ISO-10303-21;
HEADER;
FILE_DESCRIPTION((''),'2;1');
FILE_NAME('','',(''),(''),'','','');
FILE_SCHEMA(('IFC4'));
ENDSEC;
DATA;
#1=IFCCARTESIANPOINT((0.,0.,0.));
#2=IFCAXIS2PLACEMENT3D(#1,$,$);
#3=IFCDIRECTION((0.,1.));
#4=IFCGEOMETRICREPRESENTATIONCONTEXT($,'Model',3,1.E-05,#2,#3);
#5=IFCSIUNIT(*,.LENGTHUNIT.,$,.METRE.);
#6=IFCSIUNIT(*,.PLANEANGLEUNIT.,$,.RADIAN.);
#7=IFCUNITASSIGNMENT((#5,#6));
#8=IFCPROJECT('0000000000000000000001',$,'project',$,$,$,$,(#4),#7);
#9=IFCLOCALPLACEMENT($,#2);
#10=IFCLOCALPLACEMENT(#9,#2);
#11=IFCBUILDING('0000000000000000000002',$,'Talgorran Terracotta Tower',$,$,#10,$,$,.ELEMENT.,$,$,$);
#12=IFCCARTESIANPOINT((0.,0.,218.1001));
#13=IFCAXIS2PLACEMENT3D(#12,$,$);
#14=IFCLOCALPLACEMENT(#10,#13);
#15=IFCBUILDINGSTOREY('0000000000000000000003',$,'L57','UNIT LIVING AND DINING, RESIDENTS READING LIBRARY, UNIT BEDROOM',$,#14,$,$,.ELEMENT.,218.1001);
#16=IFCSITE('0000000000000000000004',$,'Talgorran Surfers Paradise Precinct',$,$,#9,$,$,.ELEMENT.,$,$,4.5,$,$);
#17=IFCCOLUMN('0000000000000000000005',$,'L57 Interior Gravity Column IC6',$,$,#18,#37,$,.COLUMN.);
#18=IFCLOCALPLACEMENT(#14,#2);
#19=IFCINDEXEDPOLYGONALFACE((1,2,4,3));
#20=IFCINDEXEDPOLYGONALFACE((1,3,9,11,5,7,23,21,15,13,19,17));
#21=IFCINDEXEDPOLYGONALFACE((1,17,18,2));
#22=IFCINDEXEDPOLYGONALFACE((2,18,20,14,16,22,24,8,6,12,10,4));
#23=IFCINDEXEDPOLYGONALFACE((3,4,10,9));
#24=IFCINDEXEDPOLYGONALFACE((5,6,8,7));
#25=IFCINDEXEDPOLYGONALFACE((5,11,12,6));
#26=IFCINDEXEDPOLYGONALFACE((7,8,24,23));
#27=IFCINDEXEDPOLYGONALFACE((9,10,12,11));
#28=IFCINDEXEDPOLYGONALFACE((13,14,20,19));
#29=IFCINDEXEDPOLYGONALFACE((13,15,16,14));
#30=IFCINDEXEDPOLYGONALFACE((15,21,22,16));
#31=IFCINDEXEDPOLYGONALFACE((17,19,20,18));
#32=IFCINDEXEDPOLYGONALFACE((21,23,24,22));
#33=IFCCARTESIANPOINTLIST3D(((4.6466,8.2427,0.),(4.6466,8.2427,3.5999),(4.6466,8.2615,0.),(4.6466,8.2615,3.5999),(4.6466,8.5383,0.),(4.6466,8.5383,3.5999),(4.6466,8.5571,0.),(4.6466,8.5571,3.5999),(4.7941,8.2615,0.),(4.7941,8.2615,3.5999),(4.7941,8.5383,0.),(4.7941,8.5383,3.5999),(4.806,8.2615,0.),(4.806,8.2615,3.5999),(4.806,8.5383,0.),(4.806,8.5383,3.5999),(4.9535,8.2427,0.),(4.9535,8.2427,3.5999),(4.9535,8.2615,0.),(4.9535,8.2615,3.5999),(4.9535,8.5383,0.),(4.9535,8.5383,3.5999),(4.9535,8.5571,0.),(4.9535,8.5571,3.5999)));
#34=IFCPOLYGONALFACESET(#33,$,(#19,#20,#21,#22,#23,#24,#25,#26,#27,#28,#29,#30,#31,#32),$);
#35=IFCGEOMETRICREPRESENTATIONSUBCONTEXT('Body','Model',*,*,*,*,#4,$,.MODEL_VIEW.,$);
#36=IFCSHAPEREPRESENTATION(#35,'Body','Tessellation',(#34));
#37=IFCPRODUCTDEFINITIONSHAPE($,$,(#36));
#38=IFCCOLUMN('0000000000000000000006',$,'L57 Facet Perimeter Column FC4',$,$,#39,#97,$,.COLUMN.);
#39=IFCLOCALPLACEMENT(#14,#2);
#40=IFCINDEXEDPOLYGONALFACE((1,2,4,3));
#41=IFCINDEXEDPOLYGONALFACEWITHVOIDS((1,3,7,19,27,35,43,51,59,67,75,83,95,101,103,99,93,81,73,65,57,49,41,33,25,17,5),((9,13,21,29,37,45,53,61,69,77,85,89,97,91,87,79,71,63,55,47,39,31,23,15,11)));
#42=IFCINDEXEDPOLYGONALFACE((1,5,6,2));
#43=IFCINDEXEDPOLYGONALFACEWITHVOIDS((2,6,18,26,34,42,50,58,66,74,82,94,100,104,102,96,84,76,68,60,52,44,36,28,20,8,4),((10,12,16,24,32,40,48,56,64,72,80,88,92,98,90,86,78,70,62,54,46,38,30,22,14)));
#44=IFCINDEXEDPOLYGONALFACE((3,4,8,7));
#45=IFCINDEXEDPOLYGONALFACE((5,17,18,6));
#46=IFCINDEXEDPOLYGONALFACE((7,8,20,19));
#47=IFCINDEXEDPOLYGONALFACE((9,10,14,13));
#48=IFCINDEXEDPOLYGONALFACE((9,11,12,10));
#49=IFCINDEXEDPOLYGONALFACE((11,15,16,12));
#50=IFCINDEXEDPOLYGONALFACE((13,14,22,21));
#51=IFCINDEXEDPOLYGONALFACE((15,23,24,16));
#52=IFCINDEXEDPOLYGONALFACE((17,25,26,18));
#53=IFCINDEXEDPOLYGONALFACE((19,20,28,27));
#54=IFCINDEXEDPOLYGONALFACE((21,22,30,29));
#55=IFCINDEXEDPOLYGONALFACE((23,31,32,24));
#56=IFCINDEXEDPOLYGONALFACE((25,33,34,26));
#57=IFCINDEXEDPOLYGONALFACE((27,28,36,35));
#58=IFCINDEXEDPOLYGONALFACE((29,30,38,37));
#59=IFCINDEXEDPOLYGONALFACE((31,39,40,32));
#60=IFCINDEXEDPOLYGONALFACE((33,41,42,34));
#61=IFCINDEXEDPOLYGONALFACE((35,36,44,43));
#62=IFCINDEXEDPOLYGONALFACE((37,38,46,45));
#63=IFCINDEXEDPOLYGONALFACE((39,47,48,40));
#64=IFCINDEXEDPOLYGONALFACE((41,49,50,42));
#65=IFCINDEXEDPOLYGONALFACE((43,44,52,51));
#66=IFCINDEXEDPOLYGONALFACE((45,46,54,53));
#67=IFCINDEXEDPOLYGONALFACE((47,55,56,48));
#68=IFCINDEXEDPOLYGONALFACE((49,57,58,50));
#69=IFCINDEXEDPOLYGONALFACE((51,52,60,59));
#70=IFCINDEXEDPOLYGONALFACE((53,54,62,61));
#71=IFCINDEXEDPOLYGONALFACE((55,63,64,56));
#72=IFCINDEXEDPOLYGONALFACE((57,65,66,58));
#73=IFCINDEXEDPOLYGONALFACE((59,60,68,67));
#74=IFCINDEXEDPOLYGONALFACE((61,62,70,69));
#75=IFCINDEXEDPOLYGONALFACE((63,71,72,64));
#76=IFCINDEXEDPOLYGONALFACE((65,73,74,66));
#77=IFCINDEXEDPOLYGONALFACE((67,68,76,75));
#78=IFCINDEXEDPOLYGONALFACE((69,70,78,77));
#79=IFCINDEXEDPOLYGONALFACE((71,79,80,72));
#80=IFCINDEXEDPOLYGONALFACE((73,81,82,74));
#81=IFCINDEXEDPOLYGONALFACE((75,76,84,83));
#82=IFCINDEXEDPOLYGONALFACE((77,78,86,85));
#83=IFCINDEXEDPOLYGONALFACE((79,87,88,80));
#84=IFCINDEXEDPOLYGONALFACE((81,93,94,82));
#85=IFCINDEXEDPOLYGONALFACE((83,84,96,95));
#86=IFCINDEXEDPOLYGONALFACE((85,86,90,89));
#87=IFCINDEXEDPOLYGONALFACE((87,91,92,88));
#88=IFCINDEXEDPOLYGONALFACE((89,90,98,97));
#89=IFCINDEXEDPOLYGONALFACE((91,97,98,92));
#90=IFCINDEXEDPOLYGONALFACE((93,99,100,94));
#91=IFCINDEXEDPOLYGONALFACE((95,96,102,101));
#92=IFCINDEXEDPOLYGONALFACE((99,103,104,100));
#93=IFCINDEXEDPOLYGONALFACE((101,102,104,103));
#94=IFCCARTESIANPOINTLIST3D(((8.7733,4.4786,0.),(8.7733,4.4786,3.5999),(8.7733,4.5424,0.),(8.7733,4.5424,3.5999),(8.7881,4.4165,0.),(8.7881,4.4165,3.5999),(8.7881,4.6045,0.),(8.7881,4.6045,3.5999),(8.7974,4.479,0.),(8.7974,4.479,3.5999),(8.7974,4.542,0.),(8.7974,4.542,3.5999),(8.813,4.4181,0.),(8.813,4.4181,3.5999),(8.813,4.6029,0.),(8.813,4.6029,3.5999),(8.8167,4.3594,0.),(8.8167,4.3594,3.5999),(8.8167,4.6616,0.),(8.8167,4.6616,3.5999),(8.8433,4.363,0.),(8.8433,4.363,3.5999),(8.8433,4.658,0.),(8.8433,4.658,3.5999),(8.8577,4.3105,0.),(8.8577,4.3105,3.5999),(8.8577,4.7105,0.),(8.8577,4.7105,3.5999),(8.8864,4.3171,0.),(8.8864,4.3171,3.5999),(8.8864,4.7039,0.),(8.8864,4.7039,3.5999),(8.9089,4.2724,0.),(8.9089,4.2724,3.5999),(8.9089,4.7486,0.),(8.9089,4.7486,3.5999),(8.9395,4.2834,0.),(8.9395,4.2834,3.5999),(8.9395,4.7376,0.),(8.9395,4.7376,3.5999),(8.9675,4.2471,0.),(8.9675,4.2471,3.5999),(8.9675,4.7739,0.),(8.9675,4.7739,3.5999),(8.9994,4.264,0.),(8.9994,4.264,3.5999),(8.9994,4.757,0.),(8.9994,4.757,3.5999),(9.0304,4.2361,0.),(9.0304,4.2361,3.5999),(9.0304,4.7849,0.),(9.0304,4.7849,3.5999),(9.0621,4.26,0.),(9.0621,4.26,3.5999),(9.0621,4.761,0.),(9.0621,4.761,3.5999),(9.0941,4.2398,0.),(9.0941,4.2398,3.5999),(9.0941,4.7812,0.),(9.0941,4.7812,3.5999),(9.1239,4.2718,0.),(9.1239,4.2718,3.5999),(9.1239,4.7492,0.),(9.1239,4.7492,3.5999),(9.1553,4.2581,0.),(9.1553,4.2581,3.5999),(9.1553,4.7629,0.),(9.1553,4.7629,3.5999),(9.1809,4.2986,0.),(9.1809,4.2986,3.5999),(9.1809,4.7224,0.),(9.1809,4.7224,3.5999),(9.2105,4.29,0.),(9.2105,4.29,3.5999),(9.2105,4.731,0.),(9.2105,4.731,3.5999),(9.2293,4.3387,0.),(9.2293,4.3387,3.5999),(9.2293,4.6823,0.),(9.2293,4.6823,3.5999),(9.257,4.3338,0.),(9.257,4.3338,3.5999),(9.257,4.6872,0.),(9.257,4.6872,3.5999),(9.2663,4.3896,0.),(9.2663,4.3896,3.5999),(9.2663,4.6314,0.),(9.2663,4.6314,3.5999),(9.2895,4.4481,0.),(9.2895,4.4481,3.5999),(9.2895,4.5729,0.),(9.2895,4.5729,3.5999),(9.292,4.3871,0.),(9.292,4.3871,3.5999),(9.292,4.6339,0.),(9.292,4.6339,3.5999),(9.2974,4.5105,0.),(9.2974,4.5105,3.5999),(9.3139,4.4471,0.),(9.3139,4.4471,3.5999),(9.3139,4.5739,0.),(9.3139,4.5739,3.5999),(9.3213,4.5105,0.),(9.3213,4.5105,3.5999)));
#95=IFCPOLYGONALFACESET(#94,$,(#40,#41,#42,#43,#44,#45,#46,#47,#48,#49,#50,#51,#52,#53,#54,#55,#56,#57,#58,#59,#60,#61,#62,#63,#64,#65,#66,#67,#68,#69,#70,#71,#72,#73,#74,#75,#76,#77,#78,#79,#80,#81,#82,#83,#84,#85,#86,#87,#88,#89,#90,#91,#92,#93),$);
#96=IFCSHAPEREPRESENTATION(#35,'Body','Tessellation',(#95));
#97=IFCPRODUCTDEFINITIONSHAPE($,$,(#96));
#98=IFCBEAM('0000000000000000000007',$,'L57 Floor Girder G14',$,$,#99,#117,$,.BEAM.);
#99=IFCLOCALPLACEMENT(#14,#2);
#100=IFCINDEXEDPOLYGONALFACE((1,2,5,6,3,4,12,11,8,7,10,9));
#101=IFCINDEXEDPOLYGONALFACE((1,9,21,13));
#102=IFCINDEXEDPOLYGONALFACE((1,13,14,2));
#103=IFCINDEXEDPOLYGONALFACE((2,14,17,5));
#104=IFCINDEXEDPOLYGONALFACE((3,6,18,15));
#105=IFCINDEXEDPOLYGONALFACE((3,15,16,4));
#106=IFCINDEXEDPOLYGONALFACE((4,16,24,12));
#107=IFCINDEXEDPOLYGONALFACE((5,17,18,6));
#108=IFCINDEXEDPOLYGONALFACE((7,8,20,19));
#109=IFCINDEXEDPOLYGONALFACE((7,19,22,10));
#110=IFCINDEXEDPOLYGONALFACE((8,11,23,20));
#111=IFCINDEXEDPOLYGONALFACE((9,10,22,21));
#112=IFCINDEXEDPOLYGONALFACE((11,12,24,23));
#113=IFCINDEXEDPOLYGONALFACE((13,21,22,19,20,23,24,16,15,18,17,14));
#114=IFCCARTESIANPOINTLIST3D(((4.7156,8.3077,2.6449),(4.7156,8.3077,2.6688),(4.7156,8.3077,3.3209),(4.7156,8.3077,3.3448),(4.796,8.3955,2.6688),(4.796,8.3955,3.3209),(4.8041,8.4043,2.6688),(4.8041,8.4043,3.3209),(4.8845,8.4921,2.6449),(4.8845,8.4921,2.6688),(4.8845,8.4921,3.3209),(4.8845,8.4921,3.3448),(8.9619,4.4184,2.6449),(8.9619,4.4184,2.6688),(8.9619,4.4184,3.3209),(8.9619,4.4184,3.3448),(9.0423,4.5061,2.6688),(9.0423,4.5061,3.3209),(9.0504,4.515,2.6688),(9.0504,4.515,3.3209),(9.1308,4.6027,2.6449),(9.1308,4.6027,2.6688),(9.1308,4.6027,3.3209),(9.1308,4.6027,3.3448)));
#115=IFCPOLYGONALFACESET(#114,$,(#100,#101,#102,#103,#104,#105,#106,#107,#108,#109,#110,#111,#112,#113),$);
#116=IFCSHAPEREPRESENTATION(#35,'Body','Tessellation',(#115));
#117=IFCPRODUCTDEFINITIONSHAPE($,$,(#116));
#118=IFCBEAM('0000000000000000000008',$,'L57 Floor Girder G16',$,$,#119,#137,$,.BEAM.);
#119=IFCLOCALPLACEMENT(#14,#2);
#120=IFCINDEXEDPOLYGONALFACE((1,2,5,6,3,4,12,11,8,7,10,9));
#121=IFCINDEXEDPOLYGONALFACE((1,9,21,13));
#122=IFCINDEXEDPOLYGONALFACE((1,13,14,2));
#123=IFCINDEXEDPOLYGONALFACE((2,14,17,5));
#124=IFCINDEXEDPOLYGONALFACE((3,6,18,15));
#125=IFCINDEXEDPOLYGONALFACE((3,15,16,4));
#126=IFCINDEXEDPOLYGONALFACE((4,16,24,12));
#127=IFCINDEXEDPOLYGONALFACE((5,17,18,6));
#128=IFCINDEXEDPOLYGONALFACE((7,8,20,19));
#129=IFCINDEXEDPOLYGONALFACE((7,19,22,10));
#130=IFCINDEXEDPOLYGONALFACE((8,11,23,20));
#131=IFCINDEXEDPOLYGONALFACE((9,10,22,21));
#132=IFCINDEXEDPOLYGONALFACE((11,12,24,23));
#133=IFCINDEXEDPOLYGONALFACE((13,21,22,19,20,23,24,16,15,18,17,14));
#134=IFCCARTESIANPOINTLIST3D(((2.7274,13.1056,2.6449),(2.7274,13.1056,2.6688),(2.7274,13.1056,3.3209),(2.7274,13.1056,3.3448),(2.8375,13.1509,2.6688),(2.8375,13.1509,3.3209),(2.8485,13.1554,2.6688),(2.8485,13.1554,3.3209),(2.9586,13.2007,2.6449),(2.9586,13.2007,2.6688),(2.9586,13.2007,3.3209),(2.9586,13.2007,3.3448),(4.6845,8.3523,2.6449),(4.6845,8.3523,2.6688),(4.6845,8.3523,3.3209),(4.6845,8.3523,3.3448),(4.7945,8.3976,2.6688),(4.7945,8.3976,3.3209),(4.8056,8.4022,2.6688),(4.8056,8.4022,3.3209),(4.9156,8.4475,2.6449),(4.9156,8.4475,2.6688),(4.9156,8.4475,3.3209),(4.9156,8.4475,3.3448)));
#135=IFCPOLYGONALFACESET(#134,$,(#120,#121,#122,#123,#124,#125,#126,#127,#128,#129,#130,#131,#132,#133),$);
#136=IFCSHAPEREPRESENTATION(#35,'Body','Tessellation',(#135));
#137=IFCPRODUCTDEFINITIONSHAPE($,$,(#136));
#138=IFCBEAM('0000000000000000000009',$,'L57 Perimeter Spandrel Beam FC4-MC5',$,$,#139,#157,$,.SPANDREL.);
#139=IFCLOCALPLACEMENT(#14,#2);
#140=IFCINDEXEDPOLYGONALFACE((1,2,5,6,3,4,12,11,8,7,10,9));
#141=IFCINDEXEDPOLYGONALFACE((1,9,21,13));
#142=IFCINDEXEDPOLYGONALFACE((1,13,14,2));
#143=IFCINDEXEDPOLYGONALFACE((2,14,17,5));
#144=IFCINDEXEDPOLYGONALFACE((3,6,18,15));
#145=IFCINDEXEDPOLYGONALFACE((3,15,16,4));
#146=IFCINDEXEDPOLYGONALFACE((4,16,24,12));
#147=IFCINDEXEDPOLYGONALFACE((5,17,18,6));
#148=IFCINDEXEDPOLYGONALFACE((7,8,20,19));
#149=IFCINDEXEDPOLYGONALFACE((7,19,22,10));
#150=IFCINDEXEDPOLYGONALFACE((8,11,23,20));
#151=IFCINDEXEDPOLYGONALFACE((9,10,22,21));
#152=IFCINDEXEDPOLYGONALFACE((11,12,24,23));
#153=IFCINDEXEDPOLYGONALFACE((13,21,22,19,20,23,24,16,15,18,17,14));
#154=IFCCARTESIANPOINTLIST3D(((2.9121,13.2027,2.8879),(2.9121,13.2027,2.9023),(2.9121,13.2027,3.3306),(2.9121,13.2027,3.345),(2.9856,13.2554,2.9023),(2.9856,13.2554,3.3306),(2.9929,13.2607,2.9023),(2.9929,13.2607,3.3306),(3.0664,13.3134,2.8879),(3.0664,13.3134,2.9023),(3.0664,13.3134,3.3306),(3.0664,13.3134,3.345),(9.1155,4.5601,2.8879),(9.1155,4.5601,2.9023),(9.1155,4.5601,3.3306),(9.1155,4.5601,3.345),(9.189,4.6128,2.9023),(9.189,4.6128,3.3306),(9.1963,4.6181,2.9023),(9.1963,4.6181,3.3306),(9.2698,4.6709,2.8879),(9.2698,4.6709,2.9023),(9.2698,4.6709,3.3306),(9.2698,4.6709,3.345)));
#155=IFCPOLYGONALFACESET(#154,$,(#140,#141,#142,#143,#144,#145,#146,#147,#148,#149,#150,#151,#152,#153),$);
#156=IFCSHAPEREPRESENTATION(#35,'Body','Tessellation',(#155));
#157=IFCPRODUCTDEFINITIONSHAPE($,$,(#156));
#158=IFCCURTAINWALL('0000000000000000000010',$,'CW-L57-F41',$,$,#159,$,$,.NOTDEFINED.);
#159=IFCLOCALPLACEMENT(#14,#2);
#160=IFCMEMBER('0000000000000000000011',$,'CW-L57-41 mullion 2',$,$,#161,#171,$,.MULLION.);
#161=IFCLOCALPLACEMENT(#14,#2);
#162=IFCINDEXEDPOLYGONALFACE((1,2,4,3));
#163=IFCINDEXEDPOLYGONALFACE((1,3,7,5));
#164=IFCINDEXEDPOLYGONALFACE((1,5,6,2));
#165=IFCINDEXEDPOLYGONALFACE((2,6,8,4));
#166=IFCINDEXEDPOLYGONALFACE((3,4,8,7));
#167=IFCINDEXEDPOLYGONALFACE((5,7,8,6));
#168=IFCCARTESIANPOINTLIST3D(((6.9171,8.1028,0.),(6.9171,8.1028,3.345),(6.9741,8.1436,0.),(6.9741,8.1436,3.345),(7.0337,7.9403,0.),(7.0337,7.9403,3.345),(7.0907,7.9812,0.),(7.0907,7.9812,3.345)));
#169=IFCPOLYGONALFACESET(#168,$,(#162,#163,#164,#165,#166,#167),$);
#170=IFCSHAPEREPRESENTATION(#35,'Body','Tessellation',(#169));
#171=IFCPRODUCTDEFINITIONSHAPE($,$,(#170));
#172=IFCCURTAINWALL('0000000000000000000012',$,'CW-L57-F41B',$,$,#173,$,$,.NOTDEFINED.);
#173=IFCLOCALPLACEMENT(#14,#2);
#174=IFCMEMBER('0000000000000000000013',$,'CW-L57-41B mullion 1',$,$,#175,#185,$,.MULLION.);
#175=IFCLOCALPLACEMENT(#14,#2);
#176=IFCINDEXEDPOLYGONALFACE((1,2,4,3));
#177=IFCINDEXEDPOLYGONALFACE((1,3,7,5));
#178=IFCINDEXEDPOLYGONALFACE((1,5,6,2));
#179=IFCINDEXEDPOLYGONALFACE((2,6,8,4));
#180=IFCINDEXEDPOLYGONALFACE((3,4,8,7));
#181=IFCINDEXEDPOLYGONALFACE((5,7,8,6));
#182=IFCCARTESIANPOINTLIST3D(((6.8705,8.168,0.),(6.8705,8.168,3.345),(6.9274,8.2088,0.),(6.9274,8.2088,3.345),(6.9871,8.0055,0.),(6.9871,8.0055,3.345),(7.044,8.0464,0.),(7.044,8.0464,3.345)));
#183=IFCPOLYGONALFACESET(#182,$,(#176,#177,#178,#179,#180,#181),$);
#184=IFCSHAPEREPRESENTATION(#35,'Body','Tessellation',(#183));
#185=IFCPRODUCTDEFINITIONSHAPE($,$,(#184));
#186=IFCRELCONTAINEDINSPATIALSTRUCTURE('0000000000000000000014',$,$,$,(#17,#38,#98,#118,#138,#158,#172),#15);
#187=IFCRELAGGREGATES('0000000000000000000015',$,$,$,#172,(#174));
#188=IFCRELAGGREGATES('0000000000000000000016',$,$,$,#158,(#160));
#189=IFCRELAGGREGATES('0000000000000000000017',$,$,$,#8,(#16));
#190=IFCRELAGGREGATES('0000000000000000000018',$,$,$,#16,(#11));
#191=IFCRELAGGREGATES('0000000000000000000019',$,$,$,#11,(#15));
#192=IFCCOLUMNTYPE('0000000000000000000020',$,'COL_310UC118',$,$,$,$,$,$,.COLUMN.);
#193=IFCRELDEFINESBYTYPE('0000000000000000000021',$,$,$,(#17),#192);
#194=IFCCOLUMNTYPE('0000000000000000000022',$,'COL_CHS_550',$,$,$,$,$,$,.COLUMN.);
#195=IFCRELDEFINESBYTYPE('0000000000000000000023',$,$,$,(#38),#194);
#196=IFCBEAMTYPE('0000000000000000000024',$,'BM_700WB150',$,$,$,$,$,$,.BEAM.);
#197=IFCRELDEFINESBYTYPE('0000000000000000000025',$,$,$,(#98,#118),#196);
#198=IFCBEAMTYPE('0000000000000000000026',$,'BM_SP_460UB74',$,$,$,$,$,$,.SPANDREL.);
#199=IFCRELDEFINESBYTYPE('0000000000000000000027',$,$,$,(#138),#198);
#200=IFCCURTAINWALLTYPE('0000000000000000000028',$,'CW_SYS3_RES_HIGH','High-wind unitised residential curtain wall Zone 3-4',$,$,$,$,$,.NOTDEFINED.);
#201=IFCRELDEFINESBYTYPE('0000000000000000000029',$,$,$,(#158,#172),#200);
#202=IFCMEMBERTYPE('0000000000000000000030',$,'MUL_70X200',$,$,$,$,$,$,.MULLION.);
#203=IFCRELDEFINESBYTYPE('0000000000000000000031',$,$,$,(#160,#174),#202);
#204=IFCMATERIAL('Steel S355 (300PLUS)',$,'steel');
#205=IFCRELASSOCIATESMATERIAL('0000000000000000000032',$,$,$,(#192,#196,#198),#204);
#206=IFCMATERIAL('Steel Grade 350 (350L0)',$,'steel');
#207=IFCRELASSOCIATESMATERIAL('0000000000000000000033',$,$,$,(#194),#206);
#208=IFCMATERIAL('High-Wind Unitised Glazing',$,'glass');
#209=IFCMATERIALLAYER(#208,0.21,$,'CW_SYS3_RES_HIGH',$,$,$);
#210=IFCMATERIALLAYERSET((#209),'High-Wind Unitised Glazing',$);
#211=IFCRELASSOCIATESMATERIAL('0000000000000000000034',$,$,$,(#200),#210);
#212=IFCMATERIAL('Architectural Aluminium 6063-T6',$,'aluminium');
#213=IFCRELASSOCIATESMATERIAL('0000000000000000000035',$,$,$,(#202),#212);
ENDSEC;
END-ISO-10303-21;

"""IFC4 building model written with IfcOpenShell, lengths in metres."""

from ifc_helpers import new_model, si_unit, direction, frame, origin, origin_2d, place, context, subcontext, project, spatial, rectangle, hollow_circle, i_section, extrude, material, layer, layer_set, material_profile, profile_set, type_object, element, aggregate, save


model = new_model("IFC4")

# Units and contexts
model_context = context("Model", 3, precision=1e-05, world=origin(), true_north=direction((0.0, 1.0)))
body_context = subcontext(model_context, "Body", "Model", "MODEL_VIEW")
ifc_project = project(units=[si_unit("LENGTHUNIT", "METRE"), si_unit("PLANEANGLEUNIT", "RADIAN")], contexts=[model_context])

# Site, building, storey
site_placement = place(None, origin())
site = spatial("IfcSite", under=ifc_project, at=site_placement, Name="Talgorran Surfers Paradise Precinct", CompositionType="ELEMENT", RefElevation=4.5)
building_placement = place(site_placement, origin())
building = spatial("IfcBuilding", under=site, at=building_placement, Name="Talgorran Terracotta Tower", CompositionType="ELEMENT")
storey_placement = place(building_placement, frame((0.0, 0.0, 218.1001)))
storey = spatial("IfcBuildingStorey", under=building, at=storey_placement, Name="L57", Description="UNIT LIVING AND DINING, RESIDENTS READING LIBRARY, UNIT BEDROOM", CompositionType="ELEMENT", Elevation=218.1001)

# Columns
ifc_material_1 = material(Name="Steel S355 (300PLUS)", Category="steel")
ifc_material_profile_1 = material_profile(ifc_material_1, i_section(OverallWidth=0.3069, OverallDepth=0.3145, WebThickness=0.012, FlangeThickness=0.0188, at=origin_2d()), Name="310UC118")
ifc_profile_set_1 = profile_set([ifc_material_profile_1], Name="Steel S355 (300PLUS)")
column_type_1 = type_object("IfcColumnType", Name="COL_310UC118", PredefinedType="COLUMN", material=ifc_profile_set_1)
column_1_placement = place(storey_placement, frame((4.8, 8.3999, 0.0), z_axis=(0.0, 0.0, 1.0), x_axis=(1.0, 0.0, 0.0)))
element("IfcColumn", 1, at=column_1_placement, inside=storey, type_object=column_type_1, Name="L57 Interior Gravity Column IC6", PredefinedType="COLUMN", context=body_context, shape_type="SweptSolid", body=[
    extrude(i_section(OverallWidth=0.3069, OverallDepth=0.3145, WebThickness=0.012, FlangeThickness=0.0188, at=origin_2d()), origin(), (0.0, 0.0, 1.0), 3.5999),
])
ifc_material_2 = material(Name="Steel Grade 350 (350L0)", Category="steel")
ifc_material_profile_2 = material_profile(ifc_material_2, hollow_circle(Radius=0.2749, WallThickness=0.0239, at=origin_2d()), Name="CHS550X24")
ifc_profile_set_2 = profile_set([ifc_material_profile_2], Name="Steel Grade 350 (350L0)")
column_type_2 = type_object("IfcColumnType", Name="COL_CHS_550", PredefinedType="COLUMN", material=ifc_profile_set_2)
column_2_placement = place(storey_placement, frame((9.0464, 4.5105, 0.0), z_axis=(0.0, 0.0, 1.0), x_axis=(1.0, 0.0, 0.0)))
element("IfcColumn", 2, at=column_2_placement, inside=storey, type_object=column_type_2, Name="L57 Facet Perimeter Column FC4", PredefinedType="COLUMN", context=body_context, shape_type="SweptSolid", body=[
    extrude(hollow_circle(Radius=0.2749, WallThickness=0.0239, at=origin_2d()), origin(), (0.0, 0.0, 1.0), 3.5999),
])

# Beams
ifc_material_profile_3 = material_profile(ifc_material_1, i_section(OverallWidth=0.25, OverallDepth=0.7, WebThickness=0.012, FlangeThickness=0.0239, at=origin_2d()), Name="700WB150")
ifc_profile_set_3 = profile_set([ifc_material_profile_3], Name="Steel S355 (300PLUS)")
beam_type_1 = type_object("IfcBeamType", Name="BM_700WB150", PredefinedType="BEAM", material=ifc_profile_set_3)
beam_1_placement = place(storey_placement, frame((4.8, 8.3999, 2.9949), z_axis=(0.73742, -0.675435, 0.0), x_axis=(0.675435, 0.73742, 0.0)))
element("IfcBeam", 3, at=beam_1_placement, inside=storey, type_object=beam_type_1, Name="L57 Floor Girder G14", PredefinedType="BEAM", context=body_context, shape_type="SweptSolid", body=[
    extrude(i_section(OverallWidth=0.25, OverallDepth=0.7, WebThickness=0.012, FlangeThickness=0.0239, at=origin_2d()), origin(), (0.0, 0.0, 1.0), 5.7583),
])
beam_2_placement = place(storey_placement, frame((4.8, 8.3999, 2.9949), z_axis=(-0.380724, 0.924689, 0.0), x_axis=(-0.924689, -0.380724, 0.0)))
element("IfcBeam", 4, at=beam_2_placement, inside=storey, type_object=beam_type_1, Name="L57 Floor Girder G16", PredefinedType="BEAM", context=body_context, shape_type="SweptSolid", body=[
    extrude(i_section(OverallWidth=0.25, OverallDepth=0.7, WebThickness=0.012, FlangeThickness=0.0239, at=origin_2d()), origin(), (0.0, 0.0, 1.0), 5.1404),
])
ifc_material_profile_4 = material_profile(ifc_material_1, i_section(OverallWidth=0.1899, OverallDepth=0.457, WebThickness=0.009, FlangeThickness=0.0144, at=origin_2d()), Name="460UB74.6")
ifc_profile_set_4 = profile_set([ifc_material_profile_4], Name="Steel S355 (300PLUS)")
beam_type_2 = type_object("IfcBeamType", Name="BM_SP_460UB74", PredefinedType="SPANDREL", material=ifc_profile_set_4)
beam_3_placement = place(storey_placement, frame((9.1926, 4.6155, 3.1165), z_axis=(-0.58311, 0.812393, 0.0), x_axis=(-0.812393, -0.58311, 0.0)))
element("IfcBeam", 5, at=beam_3_placement, inside=storey, type_object=beam_type_2, Name="L57 Perimeter Spandrel Beam FC4-MC5", PredefinedType="SPANDREL", context=body_context, shape_type="SweptSolid", body=[
    extrude(i_section(OverallWidth=0.1899, OverallDepth=0.457, WebThickness=0.009, FlangeThickness=0.0144, at=origin_2d()), origin(), (0.0, 0.0, 1.0), 10.6384),
])

# Curtain wall, member
ifc_material_3 = material(Name="High-Wind Unitised Glazing", Category="glass")
ifc_layer_1 = layer(ifc_material_3, 0.21, Name="CW_SYS3_RES_HIGH")
ifc_layer_set_1 = layer_set([ifc_layer_1], Name="High-Wind Unitised Glazing")
curtain_wall_type = type_object("IfcCurtainWallType", Name="CW_SYS3_RES_HIGH", Description="High-wind unitised residential curtain wall Zone 3-4", PredefinedType="NOTDEFINED", material=ifc_layer_set_1)
curtain_wall_1_placement = place(storey_placement, origin())
curtain_wall_1 = element("IfcCurtainWall", 6, at=curtain_wall_1_placement, inside=storey, type_object=curtain_wall_type, Name="CW-L57-F41", PredefinedType="NOTDEFINED")
ifc_material_4 = material(Name="Architectural Aluminium 6063-T6", Category="aluminium")
ifc_material_profile_5 = material_profile(ifc_material_4, rectangle(XDim=0.0701, YDim=0.2, at=origin_2d()), Name="CWM70X200")
ifc_profile_set_5 = profile_set([ifc_material_profile_5], Name="Architectural Aluminium 6063-T6")
member_type_1 = type_object("IfcMemberType", Name="MUL_70X200", PredefinedType="MULLION", material=ifc_profile_set_5)
member_1_placement = place(storey_placement, frame((7.0039, 8.042, 0.0), z_axis=(0.0, 0.0, 1.0), x_axis=(-0.812389, -0.583116, 0.0)))
member_1 = element("IfcMember", 7, at=member_1_placement, type_object=member_type_1, Name="CW-L57-41 mullion 2", PredefinedType="MULLION", context=body_context, shape_type="SweptSolid", body=[
    extrude(rectangle(XDim=0.0701, YDim=0.2, at=origin_2d()), origin(), (0.0, 0.0, 1.0), 3.345),
])

# Curtain wall, member
curtain_wall_2_placement = place(storey_placement, origin())
curtain_wall_2 = element("IfcCurtainWall", 8, at=curtain_wall_2_placement, inside=storey, type_object=curtain_wall_type, Name="CW-L57-F41B", PredefinedType="NOTDEFINED")
member_2_placement = place(storey_placement, frame((6.9573, 8.1072, 0.0), z_axis=(0.0, 0.0, 1.0), x_axis=(-0.812381, -0.583127, 0.0)))
member_2 = element("IfcMember", 9, at=member_2_placement, type_object=member_type_1, Name="CW-L57-41B mullion 1", PredefinedType="MULLION", context=body_context, shape_type="SweptSolid", body=[
    extrude(rectangle(XDim=0.0701, YDim=0.2, at=origin_2d()), origin(), (0.0, 0.0, 1.0), 3.345),
])
aggregate(curtain_wall_2, [member_2])

aggregate(curtain_wall_1, [member_1])

save(model, "model.ifc")
